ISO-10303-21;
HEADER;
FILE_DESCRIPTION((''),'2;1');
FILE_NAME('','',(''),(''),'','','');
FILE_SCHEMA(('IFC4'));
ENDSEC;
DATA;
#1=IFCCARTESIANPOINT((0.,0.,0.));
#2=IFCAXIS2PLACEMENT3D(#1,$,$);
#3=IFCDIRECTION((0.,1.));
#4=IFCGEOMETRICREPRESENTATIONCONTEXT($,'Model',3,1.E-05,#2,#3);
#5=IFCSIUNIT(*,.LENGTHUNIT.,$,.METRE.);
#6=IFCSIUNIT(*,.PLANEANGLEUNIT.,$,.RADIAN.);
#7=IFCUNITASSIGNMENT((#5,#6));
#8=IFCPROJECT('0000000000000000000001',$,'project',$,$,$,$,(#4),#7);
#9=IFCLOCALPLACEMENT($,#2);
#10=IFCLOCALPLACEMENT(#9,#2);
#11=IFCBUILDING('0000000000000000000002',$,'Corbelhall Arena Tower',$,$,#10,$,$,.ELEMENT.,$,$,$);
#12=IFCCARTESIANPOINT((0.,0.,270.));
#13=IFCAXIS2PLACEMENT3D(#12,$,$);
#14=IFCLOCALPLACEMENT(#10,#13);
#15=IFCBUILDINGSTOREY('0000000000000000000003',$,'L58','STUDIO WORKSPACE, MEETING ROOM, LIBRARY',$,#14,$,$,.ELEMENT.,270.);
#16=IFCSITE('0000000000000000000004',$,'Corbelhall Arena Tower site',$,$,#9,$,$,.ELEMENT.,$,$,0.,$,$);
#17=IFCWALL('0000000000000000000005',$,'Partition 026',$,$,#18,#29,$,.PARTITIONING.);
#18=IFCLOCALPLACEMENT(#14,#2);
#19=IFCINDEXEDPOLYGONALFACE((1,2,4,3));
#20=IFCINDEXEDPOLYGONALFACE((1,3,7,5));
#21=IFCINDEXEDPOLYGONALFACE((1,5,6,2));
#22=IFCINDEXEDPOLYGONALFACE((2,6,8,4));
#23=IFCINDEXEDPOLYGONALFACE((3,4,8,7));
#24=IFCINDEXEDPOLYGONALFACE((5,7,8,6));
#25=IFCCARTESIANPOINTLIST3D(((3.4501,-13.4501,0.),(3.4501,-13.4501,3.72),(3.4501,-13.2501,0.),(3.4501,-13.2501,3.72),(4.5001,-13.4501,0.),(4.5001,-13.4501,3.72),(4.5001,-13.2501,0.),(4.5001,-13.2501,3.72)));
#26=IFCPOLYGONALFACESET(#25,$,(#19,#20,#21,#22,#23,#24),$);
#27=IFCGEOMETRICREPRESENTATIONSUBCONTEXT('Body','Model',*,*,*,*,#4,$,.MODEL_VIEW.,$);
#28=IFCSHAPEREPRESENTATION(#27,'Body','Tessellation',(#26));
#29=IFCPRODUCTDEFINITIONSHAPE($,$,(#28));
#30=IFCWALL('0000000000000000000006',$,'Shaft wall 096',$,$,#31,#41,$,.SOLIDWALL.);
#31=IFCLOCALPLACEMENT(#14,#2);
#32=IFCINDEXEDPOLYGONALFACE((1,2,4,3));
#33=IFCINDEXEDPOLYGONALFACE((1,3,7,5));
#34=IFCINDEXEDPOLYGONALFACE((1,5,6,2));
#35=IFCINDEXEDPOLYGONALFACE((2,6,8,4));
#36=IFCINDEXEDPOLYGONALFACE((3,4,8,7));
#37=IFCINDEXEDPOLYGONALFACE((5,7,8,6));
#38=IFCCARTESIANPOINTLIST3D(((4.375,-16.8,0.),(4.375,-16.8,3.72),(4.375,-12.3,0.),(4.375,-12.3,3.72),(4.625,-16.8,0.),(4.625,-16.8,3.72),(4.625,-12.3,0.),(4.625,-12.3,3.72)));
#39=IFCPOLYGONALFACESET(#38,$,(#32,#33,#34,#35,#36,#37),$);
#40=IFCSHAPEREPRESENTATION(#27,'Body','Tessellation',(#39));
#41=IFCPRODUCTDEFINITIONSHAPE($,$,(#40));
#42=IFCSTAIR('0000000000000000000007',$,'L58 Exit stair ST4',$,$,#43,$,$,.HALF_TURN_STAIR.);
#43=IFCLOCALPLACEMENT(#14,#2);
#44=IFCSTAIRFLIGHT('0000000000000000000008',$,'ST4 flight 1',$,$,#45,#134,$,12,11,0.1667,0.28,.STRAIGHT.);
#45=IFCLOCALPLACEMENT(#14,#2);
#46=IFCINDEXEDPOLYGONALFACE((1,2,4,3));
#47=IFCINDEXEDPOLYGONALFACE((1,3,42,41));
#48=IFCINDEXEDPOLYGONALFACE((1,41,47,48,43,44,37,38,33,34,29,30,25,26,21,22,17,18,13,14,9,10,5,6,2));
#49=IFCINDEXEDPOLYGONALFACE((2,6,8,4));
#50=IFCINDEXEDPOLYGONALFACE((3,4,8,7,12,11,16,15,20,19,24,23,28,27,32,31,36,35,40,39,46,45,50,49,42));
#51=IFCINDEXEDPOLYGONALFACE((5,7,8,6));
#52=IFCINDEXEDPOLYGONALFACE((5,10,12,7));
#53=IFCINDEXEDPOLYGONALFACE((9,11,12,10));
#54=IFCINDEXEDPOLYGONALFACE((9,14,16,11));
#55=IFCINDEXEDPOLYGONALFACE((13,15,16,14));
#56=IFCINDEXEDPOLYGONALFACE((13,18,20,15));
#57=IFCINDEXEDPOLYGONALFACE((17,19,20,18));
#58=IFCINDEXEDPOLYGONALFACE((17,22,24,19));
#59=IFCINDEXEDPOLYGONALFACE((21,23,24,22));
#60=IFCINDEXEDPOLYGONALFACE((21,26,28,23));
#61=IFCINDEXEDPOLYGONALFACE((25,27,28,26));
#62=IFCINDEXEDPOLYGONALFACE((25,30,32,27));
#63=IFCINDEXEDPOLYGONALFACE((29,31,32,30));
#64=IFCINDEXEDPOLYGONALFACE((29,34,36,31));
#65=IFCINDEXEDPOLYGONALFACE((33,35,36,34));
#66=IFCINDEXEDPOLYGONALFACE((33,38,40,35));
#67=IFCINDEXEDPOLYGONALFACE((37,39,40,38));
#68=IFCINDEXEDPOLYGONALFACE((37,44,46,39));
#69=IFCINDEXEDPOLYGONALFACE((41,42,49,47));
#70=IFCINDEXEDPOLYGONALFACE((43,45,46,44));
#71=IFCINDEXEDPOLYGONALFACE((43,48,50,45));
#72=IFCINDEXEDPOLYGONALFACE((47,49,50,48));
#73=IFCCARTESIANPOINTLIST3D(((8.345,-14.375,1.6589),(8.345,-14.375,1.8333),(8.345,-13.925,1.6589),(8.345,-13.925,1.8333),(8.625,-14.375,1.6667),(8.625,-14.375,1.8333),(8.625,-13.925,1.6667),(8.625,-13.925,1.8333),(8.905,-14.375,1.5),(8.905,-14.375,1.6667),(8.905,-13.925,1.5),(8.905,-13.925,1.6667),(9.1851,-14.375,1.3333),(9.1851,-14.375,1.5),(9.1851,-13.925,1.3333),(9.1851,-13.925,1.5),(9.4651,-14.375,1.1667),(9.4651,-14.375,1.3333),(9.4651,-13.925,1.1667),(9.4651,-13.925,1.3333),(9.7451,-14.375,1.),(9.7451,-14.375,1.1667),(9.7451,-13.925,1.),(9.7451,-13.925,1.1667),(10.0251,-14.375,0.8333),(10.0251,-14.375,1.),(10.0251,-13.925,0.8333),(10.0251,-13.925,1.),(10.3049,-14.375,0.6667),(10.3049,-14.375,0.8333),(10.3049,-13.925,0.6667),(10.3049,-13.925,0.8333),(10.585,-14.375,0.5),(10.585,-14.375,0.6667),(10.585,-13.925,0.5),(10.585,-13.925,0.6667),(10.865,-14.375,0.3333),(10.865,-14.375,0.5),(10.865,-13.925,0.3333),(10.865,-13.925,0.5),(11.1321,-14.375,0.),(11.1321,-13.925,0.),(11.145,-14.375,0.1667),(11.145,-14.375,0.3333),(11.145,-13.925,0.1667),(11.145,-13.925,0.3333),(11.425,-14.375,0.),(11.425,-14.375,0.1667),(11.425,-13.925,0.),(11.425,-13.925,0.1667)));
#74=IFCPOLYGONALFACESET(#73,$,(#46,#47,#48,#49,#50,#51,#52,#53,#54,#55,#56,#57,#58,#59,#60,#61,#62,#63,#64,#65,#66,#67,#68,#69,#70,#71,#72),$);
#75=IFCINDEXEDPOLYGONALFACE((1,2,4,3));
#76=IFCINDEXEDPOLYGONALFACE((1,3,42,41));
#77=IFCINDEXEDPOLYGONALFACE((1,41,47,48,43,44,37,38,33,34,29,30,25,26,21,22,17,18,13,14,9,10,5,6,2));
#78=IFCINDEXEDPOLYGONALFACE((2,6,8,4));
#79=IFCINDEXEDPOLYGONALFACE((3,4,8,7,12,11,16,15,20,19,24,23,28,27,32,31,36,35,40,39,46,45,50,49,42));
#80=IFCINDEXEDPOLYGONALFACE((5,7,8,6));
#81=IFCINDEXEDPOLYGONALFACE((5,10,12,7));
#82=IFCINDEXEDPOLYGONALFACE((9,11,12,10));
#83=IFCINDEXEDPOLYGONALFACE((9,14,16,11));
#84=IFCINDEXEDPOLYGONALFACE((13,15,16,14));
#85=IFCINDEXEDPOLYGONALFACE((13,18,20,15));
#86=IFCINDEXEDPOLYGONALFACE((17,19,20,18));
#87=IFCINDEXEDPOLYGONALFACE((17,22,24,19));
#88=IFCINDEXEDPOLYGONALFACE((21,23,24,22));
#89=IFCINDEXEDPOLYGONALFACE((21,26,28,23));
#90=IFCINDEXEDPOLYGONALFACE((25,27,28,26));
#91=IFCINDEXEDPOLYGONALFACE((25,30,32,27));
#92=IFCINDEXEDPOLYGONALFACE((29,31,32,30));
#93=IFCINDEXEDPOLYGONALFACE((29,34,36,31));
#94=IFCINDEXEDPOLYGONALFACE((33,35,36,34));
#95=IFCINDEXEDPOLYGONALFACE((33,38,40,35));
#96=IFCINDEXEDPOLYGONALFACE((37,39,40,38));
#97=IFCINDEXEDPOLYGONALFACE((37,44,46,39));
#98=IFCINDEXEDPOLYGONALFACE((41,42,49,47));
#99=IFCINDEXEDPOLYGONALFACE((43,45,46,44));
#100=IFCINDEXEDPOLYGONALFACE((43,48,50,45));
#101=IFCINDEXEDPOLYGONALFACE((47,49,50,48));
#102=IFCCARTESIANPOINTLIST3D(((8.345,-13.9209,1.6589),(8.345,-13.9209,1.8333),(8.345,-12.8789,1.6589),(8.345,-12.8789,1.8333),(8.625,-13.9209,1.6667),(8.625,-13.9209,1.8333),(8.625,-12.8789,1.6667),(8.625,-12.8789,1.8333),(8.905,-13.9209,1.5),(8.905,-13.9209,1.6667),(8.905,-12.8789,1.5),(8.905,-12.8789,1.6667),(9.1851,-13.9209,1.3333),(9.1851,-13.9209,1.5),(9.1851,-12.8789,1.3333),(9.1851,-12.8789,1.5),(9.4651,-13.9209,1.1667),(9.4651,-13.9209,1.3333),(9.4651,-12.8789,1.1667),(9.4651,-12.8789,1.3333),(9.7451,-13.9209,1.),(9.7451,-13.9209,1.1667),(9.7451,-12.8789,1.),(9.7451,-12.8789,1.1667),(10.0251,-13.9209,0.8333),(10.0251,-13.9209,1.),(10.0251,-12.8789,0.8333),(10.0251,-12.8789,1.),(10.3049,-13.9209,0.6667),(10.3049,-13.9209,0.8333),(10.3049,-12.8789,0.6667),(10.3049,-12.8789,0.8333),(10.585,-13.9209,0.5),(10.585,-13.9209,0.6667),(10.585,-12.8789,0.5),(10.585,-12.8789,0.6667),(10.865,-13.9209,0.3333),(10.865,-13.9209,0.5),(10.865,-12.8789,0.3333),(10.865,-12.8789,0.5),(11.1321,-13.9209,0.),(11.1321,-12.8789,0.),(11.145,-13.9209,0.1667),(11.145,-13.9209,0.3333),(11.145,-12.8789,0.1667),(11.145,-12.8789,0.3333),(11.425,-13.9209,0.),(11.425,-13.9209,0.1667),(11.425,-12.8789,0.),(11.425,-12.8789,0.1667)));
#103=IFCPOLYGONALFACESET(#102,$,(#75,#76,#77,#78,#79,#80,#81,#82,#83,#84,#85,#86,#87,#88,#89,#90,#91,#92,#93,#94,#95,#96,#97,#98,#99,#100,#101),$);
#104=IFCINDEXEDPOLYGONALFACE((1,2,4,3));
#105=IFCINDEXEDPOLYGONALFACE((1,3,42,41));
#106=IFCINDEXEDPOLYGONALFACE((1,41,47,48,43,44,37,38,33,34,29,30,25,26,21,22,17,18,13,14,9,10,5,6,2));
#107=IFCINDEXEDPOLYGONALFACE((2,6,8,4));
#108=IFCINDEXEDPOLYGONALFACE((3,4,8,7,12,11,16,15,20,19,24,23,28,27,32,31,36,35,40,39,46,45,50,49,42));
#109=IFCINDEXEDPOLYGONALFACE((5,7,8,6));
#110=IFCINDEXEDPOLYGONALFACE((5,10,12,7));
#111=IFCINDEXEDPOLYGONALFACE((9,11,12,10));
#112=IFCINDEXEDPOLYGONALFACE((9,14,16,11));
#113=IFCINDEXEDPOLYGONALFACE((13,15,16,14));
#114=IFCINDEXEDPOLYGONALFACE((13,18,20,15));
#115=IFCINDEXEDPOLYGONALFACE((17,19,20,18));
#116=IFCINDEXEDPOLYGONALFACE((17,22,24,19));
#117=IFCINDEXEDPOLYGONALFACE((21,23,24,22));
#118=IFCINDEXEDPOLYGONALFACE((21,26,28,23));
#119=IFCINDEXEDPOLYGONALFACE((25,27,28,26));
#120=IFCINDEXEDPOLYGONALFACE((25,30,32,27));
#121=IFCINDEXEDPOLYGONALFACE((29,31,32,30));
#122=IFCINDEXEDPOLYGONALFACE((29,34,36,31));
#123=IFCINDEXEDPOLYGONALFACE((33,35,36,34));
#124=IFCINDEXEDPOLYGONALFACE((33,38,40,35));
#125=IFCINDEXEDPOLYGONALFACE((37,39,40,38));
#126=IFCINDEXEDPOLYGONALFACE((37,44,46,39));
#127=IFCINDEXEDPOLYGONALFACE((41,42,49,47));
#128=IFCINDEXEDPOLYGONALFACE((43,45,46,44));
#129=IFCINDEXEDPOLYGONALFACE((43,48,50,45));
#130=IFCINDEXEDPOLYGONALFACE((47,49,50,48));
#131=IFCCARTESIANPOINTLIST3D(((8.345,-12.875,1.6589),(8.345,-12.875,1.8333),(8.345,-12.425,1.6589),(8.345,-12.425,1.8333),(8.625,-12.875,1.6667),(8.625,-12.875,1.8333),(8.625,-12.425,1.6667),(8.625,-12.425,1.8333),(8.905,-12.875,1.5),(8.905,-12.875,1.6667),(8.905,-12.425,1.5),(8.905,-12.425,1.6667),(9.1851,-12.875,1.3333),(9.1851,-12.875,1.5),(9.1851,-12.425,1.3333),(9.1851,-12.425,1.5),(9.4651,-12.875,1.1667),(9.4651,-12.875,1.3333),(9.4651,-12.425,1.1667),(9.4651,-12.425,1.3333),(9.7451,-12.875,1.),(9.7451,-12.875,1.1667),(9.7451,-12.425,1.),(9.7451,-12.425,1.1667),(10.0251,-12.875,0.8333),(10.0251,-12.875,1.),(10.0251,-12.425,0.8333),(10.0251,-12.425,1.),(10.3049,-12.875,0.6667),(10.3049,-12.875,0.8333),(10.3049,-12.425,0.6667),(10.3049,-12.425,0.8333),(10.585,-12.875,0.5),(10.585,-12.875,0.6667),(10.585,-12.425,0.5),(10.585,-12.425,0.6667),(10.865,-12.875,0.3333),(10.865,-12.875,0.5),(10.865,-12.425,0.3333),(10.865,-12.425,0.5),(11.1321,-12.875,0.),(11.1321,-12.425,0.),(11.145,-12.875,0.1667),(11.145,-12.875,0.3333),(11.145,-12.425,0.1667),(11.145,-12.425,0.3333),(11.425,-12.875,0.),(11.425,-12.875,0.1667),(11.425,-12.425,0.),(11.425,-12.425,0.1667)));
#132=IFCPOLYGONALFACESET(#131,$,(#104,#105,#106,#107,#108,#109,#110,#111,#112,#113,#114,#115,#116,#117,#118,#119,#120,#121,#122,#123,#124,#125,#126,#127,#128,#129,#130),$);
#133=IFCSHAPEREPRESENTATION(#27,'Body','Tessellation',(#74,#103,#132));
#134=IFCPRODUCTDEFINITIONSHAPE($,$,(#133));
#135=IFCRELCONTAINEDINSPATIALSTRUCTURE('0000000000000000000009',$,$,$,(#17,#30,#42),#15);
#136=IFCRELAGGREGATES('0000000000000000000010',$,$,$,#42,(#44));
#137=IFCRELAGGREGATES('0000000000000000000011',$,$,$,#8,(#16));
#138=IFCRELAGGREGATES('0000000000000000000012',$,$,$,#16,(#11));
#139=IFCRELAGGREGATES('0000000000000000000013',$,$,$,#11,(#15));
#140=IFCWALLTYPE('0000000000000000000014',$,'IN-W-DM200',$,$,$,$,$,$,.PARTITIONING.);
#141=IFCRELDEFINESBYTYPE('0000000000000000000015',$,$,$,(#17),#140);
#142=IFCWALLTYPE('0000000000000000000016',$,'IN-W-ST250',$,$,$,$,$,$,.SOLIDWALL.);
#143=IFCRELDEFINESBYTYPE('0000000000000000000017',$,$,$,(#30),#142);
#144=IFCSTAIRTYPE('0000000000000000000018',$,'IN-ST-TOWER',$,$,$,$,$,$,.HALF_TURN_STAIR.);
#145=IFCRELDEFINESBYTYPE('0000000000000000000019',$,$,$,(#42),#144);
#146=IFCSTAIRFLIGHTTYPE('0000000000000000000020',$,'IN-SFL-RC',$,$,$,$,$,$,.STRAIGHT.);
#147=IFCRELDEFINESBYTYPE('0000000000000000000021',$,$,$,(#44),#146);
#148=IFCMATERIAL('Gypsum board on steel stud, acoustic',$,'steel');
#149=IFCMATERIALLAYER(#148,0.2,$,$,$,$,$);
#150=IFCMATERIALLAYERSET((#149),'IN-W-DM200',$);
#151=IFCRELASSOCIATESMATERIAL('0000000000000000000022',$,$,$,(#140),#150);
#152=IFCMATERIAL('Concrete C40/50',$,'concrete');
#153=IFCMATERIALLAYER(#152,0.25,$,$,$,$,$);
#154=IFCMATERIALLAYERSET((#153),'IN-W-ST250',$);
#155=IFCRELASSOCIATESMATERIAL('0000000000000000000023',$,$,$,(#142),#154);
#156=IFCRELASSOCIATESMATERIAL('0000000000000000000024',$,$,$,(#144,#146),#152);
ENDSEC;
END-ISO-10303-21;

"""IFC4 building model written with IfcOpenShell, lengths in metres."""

from ifc_helpers import new_model, si_unit, direction, frame, frame_2d, origin, place, context, subcontext, project, spatial, polyline, rectangle, outline, extrude, material, layer, layer_set, type_object, element, aggregate, save


model = new_model("IFC4")

# Units and contexts
model_context = context("Model", 3, precision=1e-05, world=origin(), true_north=direction((0.0, 1.0)))
body_context = subcontext(model_context, "Body", "Model", "MODEL_VIEW")
ifc_project = project(units=[si_unit("LENGTHUNIT", "METRE"), si_unit("PLANEANGLEUNIT", "RADIAN")], contexts=[model_context])

# Site, building, storey
site_placement = place(None, origin())
site = spatial("IfcSite", under=ifc_project, at=site_placement, Name="Corbelhall Arena Tower site", CompositionType="ELEMENT", RefElevation=0.0)
building_placement = place(site_placement, origin())
building = spatial("IfcBuilding", under=site, at=building_placement, Name="Corbelhall Arena Tower", CompositionType="ELEMENT")
storey_placement = place(building_placement, frame((0.0, 0.0, 270.0)))
storey = spatial("IfcBuildingStorey", under=building, at=storey_placement, Name="L58", Description="STUDIO WORKSPACE, MEETING ROOM, LIBRARY", CompositionType="ELEMENT", Elevation=270.0)

# Walls
ifc_material_1 = material(Name="Gypsum board on steel stud, acoustic", Category="steel")
ifc_layer_1 = layer(ifc_material_1, 0.2)
ifc_layer_set_1 = layer_set([ifc_layer_1], Name="IN-W-DM200")
wall_type_1 = type_object("IfcWallType", Name="IN-W-DM200", PredefinedType="PARTITIONING", material=ifc_layer_set_1)
wall_1_placement = place(storey_placement, frame((4.5, -13.3501, 0.0), z_axis=(0.0, 0.0, 1.0), x_axis=(-1.0, 0.0, 0.0)))
element("IfcWall", 1, at=wall_1_placement, inside=storey, type_object=wall_type_1, Name="Partition 026", PredefinedType="PARTITIONING", context=body_context, shape_type="SweptSolid", body=[
    extrude(rectangle(XDim=1.05, YDim=0.2, at=frame_2d((0.5249, 0.0))), origin(), (0.0, 0.0, 1.0), 3.72),
])
ifc_material_2 = material(Name="Concrete C40/50", Category="concrete")
ifc_layer_2 = layer(ifc_material_2, 0.25)
ifc_layer_set_2 = layer_set([ifc_layer_2], Name="IN-W-ST250")
wall_type_2 = type_object("IfcWallType", Name="IN-W-ST250", PredefinedType="SOLIDWALL", material=ifc_layer_set_2)
wall_2_placement = place(storey_placement, frame((4.5, -16.8, 0.0), z_axis=(0.0, 0.0, 1.0), x_axis=(0.0, 1.0, 0.0)))
element("IfcWall", 2, at=wall_2_placement, inside=storey, type_object=wall_type_2, Name="Shaft wall 096", PredefinedType="SOLIDWALL", context=body_context, shape_type="SweptSolid", body=[
    extrude(rectangle(XDim=4.5, YDim=0.25, at=frame_2d((2.25, 0.0))), origin(), (0.0, 0.0, 1.0), 3.72),
])

# Stair, stair flight
stair_type = type_object("IfcStairType", Name="IN-ST-TOWER", PredefinedType="HALF_TURN_STAIR", material=ifc_material_2)
stair_placement = place(storey_placement, origin())
stair = element("IfcStair", 3, at=stair_placement, inside=storey, type_object=stair_type, Name="L58 Exit stair ST4", PredefinedType="HALF_TURN_STAIR")
stair_flight_type = type_object("IfcStairFlightType", Name="IN-SFL-RC", PredefinedType="STRAIGHT", material=ifc_material_2)
stair_flight_1_placement = place(storey_placement, frame((11.425, -13.3999, 0.0), z_axis=(0.0, 0.0, 1.0), x_axis=(-1.0, 0.0, 0.0)))
stair_flight_1 = element("IfcStairFlight", 4, at=stair_flight_1_placement, type_object=stair_flight_type, Name="ST4 flight 1", NumberOfRisers=12, NumberOfTreads=11, PredefinedType="STRAIGHT", RiserHeight=0.1667, TreadLength=0.28, context=body_context, shape_type="SweptSolid", body=[
    extrude(outline(polyline([(0.0, 0.0), (0.0, 0.1667), (0.28, 0.1667), (0.28, 0.3333), (0.5601, 0.3333), (0.5601, 0.5), (0.8401, 0.5), (0.8401, 0.6667), (1.1201, 0.6667), (1.1201, 0.8333), (1.3999, 0.8333), (1.3999, 1.0), (1.6799, 1.0), (1.6799, 1.1667), (1.96, 1.1667), (1.96, 1.3333), (2.24, 1.3333), (2.24, 1.5), (2.52, 1.5), (2.52, 1.6667), (2.8, 1.6667), (2.8, 1.8333), (3.0801, 1.8333), (3.0801, 2.0), (3.0801, 1.6589), (0.293, 0.0), (0.0, 0.0)])), frame((0.0, 0.9751, 0.0), z_axis=(0.0, -1.0, 0.0), x_axis=(1.0, 0.0, 0.0)), (0.0, 0.0, 1.0), 0.45),
    extrude(outline(polyline([(0.0, 0.0), (0.0, 0.1667), (0.28, 0.1667), (0.28, 0.3333), (0.5601, 0.3333), (0.5601, 0.5), (0.8401, 0.5), (0.8401, 0.6667), (1.1201, 0.6667), (1.1201, 0.8333), (1.3999, 0.8333), (1.3999, 1.0), (1.6799, 1.0), (1.6799, 1.1667), (1.96, 1.1667), (1.96, 1.3333), (2.24, 1.3333), (2.24, 1.5), (2.52, 1.5), (2.52, 1.6667), (2.8, 1.6667), (2.8, 1.8333), (3.0801, 1.8333), (3.0801, 2.0), (3.0801, 1.6589), (0.293, 0.0), (0.0, 0.0)])), frame((0.0, 0.521, 0.0), z_axis=(0.0, -1.0, 0.0), x_axis=(1.0, 0.0, 0.0)), (0.0, 0.0, 1.0), 1.042),
    extrude(outline(polyline([(0.0, 0.0), (0.0, 0.1667), (0.28, 0.1667), (0.28, 0.3333), (0.5601, 0.3333), (0.5601, 0.5), (0.8401, 0.5), (0.8401, 0.6667), (1.1201, 0.6667), (1.1201, 0.8333), (1.3999, 0.8333), (1.3999, 1.0), (1.6799, 1.0), (1.6799, 1.1667), (1.96, 1.1667), (1.96, 1.3333), (2.24, 1.3333), (2.24, 1.5), (2.52, 1.5), (2.52, 1.6667), (2.8, 1.6667), (2.8, 1.8333), (3.0801, 1.8333), (3.0801, 2.0), (3.0801, 1.6589), (0.293, 0.0), (0.0, 0.0)])), frame((0.0, -0.5249, 0.0), z_axis=(0.0, -1.0, 0.0), x_axis=(1.0, 0.0, 0.0)), (0.0, 0.0, 1.0), 0.45),
])
aggregate(stair, [stair_flight_1])

save(model, "model.ifc")
